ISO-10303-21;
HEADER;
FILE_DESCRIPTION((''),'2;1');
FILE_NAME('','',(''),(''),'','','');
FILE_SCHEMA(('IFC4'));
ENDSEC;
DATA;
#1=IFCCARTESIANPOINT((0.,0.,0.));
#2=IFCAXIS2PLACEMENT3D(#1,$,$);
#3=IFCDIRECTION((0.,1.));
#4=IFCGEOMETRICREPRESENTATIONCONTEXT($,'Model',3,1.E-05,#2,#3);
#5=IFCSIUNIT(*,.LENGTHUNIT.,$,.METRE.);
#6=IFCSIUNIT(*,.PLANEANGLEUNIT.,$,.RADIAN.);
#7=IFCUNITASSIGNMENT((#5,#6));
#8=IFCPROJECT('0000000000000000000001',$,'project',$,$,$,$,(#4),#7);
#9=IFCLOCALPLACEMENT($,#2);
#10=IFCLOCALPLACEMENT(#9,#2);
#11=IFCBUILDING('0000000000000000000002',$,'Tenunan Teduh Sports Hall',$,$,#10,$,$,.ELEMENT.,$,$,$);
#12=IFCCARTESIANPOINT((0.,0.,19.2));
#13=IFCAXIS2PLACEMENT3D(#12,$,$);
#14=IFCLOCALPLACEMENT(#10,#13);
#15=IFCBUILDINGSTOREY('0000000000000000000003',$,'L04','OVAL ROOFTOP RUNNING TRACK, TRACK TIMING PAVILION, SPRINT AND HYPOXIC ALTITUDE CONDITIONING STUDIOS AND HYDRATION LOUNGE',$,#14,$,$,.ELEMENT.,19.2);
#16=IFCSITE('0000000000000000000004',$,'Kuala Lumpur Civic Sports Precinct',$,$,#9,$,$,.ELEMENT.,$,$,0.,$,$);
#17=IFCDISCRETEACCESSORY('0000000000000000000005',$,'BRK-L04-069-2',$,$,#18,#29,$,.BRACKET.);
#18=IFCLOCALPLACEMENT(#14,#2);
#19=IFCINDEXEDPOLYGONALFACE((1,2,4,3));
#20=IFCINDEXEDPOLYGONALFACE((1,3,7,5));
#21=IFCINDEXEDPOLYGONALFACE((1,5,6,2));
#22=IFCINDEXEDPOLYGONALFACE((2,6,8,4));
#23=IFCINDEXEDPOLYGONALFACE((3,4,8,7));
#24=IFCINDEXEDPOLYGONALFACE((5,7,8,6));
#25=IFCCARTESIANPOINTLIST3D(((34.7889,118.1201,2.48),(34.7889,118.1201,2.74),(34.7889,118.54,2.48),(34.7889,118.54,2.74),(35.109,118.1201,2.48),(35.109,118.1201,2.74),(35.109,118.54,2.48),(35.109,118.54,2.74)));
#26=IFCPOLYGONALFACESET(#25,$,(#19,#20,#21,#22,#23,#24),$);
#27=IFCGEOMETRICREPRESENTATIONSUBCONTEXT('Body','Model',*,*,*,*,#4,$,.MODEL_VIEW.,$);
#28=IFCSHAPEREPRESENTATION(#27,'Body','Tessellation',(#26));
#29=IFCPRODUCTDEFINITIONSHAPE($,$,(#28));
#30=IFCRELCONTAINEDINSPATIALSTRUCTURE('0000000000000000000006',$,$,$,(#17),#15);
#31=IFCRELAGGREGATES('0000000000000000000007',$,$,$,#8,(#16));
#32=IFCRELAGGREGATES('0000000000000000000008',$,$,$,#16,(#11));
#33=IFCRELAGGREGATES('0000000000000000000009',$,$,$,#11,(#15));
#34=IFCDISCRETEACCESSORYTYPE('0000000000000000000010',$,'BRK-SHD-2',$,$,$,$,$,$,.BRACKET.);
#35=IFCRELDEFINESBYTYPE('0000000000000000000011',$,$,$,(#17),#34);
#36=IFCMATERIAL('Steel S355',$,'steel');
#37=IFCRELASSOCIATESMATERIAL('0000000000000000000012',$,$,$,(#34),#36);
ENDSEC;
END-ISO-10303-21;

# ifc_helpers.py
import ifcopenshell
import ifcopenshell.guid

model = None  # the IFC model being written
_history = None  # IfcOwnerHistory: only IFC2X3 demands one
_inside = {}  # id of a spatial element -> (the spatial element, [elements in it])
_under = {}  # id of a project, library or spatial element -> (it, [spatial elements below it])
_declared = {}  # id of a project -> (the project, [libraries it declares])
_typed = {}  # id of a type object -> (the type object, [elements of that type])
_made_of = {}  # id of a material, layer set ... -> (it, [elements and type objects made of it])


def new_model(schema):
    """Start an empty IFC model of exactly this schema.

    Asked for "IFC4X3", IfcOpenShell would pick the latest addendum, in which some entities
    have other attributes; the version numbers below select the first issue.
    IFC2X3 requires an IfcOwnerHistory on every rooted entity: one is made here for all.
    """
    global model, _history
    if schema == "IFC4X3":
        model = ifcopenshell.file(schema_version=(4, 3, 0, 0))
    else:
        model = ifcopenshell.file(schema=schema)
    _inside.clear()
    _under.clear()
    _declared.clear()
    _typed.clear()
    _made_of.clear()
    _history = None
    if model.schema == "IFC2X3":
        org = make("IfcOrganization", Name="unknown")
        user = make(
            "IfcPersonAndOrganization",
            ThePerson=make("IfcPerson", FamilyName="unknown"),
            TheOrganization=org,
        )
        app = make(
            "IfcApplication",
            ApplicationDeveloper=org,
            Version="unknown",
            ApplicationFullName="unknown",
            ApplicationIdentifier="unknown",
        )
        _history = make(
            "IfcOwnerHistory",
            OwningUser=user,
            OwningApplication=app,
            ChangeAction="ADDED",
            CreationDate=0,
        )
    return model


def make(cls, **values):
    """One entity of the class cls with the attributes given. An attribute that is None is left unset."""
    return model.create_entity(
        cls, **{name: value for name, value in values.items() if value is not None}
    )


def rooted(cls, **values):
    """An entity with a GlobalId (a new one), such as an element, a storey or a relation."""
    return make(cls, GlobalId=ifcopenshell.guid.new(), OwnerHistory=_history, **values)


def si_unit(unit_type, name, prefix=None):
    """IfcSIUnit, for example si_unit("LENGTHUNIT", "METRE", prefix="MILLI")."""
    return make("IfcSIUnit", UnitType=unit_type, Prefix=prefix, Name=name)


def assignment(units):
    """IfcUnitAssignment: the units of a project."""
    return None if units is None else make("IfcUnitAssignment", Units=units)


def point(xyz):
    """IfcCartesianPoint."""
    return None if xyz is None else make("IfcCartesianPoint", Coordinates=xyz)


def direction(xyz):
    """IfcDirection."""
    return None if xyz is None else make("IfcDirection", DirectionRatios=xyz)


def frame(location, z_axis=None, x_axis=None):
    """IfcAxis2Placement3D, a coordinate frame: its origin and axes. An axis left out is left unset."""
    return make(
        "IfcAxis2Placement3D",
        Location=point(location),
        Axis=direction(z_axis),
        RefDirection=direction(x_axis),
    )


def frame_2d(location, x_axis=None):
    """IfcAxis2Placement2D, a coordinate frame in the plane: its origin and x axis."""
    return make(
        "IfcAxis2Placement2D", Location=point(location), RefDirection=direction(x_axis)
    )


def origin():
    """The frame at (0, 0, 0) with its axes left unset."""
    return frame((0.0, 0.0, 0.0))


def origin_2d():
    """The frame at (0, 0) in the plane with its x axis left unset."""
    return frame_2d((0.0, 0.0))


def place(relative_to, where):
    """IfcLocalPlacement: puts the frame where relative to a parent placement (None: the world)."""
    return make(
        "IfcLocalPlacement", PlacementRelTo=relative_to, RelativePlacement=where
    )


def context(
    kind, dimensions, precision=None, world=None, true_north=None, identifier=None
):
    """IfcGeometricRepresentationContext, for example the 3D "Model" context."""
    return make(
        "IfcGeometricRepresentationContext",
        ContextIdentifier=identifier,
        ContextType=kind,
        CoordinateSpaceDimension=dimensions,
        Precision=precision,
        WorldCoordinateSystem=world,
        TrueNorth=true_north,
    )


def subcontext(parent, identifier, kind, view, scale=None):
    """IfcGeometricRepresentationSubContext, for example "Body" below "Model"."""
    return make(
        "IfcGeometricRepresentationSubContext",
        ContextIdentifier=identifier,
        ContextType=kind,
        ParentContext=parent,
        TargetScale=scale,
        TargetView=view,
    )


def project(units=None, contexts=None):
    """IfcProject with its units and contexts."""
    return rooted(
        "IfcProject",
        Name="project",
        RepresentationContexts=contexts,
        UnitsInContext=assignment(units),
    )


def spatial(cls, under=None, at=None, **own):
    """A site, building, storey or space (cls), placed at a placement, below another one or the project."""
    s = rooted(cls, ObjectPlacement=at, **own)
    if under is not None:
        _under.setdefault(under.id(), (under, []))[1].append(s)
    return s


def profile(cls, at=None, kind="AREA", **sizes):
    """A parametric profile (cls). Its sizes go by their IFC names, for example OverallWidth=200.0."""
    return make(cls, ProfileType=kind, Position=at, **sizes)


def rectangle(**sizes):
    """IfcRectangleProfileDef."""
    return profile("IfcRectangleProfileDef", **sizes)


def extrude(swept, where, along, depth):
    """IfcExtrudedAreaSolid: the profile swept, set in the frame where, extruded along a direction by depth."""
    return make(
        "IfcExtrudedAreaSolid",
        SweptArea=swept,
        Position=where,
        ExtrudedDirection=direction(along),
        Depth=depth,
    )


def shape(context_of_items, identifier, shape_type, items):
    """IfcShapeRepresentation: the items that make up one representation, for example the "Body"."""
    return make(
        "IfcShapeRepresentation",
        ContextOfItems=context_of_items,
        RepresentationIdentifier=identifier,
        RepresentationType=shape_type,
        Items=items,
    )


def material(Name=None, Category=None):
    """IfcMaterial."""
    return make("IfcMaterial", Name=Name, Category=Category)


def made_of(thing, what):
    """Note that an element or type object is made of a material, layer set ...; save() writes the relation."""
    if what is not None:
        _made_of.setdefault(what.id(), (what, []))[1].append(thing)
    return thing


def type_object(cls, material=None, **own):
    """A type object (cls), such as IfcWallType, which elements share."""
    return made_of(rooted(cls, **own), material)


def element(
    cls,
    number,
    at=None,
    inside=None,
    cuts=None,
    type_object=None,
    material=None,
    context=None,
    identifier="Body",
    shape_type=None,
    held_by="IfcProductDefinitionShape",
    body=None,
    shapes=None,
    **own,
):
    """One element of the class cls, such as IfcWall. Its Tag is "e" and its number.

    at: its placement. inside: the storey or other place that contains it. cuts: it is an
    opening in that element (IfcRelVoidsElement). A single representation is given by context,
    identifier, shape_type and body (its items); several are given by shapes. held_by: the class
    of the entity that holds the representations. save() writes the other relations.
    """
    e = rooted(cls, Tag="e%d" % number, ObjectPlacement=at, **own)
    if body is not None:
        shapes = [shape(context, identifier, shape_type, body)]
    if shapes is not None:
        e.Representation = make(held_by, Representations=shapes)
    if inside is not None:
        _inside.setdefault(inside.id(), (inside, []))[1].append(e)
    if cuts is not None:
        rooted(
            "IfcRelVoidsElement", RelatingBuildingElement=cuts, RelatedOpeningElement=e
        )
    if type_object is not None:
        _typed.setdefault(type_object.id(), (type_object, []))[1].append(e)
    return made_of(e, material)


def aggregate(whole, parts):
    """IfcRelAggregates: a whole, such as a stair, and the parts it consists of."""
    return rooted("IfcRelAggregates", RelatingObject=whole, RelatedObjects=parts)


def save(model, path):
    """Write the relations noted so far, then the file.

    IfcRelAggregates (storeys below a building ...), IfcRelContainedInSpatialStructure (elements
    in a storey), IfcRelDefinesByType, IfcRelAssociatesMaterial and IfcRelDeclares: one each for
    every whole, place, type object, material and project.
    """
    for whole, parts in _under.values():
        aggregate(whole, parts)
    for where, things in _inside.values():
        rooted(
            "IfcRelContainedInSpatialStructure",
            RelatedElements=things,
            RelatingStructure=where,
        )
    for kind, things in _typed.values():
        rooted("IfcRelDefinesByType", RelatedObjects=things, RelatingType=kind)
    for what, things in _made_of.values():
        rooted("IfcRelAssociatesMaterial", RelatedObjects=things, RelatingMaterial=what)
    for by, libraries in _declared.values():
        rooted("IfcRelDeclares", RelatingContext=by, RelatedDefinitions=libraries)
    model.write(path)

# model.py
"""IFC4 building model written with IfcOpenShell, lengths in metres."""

from ifc_helpers import new_model, si_unit, direction, frame, origin, origin_2d, place, context, subcontext, project, spatial, rectangle, extrude, material, type_object, element, save


model = new_model("IFC4")

# Units and contexts
model_context = context("Model", 3, precision=1e-05, world=origin(), true_north=direction((0.0, 1.0)))
body_context = subcontext(model_context, "Body", "Model", "MODEL_VIEW")
ifc_project = project(units=[si_unit("LENGTHUNIT", "METRE"), si_unit("PLANEANGLEUNIT", "RADIAN")], contexts=[model_context])

# Site, building, storey
site_placement = place(None, origin())
site = spatial("IfcSite", under=ifc_project, at=site_placement, Name="Kuala Lumpur Civic Sports Precinct", CompositionType="ELEMENT", RefElevation=0.0)
building_placement = place(site_placement, origin())
building = spatial("IfcBuilding", under=site, at=building_placement, Name="Tenunan Teduh Sports Hall", CompositionType="ELEMENT")
storey_placement = place(building_placement, frame((0.0, 0.0, 19.2)))
storey = spatial("IfcBuildingStorey", under=building, at=storey_placement, Name="L04", Description="OVAL ROOFTOP RUNNING TRACK, TRACK TIMING PAVILION, SPRINT AND HYPOXIC ALTITUDE CONDITIONING STUDIOS AND HYDRATION LOUNGE", CompositionType="ELEMENT", Elevation=19.2)

# Discrete accessory
ifc_material_1 = material(Name="Steel S355", Category="steel")
discrete_accessory_type = type_object("IfcDiscreteAccessoryType", Name="BRK-SHD-2", PredefinedType="BRACKET", material=ifc_material_1)
for number, where, z_axis, x_axis, name in (
    (1, (34.949, 118.3301, 2.48), (0.0, 0.0, 1.0), (1.0, 0.0, 0.0), "BRK-L04-069-2"),
):
    element("IfcDiscreteAccessory", number, at=place(storey_placement, frame(where, z_axis=z_axis, x_axis=x_axis)), inside=storey, type_object=discrete_accessory_type, Name=name, PredefinedType="BRACKET", context=body_context, shape_type="SweptSolid", body=[
        extrude(rectangle(XDim=0.3201, YDim=0.4199, at=origin_2d()), origin(), (0.0, 0.0, 1.0), 0.26),
    ])

save(model, "model.ifc")
